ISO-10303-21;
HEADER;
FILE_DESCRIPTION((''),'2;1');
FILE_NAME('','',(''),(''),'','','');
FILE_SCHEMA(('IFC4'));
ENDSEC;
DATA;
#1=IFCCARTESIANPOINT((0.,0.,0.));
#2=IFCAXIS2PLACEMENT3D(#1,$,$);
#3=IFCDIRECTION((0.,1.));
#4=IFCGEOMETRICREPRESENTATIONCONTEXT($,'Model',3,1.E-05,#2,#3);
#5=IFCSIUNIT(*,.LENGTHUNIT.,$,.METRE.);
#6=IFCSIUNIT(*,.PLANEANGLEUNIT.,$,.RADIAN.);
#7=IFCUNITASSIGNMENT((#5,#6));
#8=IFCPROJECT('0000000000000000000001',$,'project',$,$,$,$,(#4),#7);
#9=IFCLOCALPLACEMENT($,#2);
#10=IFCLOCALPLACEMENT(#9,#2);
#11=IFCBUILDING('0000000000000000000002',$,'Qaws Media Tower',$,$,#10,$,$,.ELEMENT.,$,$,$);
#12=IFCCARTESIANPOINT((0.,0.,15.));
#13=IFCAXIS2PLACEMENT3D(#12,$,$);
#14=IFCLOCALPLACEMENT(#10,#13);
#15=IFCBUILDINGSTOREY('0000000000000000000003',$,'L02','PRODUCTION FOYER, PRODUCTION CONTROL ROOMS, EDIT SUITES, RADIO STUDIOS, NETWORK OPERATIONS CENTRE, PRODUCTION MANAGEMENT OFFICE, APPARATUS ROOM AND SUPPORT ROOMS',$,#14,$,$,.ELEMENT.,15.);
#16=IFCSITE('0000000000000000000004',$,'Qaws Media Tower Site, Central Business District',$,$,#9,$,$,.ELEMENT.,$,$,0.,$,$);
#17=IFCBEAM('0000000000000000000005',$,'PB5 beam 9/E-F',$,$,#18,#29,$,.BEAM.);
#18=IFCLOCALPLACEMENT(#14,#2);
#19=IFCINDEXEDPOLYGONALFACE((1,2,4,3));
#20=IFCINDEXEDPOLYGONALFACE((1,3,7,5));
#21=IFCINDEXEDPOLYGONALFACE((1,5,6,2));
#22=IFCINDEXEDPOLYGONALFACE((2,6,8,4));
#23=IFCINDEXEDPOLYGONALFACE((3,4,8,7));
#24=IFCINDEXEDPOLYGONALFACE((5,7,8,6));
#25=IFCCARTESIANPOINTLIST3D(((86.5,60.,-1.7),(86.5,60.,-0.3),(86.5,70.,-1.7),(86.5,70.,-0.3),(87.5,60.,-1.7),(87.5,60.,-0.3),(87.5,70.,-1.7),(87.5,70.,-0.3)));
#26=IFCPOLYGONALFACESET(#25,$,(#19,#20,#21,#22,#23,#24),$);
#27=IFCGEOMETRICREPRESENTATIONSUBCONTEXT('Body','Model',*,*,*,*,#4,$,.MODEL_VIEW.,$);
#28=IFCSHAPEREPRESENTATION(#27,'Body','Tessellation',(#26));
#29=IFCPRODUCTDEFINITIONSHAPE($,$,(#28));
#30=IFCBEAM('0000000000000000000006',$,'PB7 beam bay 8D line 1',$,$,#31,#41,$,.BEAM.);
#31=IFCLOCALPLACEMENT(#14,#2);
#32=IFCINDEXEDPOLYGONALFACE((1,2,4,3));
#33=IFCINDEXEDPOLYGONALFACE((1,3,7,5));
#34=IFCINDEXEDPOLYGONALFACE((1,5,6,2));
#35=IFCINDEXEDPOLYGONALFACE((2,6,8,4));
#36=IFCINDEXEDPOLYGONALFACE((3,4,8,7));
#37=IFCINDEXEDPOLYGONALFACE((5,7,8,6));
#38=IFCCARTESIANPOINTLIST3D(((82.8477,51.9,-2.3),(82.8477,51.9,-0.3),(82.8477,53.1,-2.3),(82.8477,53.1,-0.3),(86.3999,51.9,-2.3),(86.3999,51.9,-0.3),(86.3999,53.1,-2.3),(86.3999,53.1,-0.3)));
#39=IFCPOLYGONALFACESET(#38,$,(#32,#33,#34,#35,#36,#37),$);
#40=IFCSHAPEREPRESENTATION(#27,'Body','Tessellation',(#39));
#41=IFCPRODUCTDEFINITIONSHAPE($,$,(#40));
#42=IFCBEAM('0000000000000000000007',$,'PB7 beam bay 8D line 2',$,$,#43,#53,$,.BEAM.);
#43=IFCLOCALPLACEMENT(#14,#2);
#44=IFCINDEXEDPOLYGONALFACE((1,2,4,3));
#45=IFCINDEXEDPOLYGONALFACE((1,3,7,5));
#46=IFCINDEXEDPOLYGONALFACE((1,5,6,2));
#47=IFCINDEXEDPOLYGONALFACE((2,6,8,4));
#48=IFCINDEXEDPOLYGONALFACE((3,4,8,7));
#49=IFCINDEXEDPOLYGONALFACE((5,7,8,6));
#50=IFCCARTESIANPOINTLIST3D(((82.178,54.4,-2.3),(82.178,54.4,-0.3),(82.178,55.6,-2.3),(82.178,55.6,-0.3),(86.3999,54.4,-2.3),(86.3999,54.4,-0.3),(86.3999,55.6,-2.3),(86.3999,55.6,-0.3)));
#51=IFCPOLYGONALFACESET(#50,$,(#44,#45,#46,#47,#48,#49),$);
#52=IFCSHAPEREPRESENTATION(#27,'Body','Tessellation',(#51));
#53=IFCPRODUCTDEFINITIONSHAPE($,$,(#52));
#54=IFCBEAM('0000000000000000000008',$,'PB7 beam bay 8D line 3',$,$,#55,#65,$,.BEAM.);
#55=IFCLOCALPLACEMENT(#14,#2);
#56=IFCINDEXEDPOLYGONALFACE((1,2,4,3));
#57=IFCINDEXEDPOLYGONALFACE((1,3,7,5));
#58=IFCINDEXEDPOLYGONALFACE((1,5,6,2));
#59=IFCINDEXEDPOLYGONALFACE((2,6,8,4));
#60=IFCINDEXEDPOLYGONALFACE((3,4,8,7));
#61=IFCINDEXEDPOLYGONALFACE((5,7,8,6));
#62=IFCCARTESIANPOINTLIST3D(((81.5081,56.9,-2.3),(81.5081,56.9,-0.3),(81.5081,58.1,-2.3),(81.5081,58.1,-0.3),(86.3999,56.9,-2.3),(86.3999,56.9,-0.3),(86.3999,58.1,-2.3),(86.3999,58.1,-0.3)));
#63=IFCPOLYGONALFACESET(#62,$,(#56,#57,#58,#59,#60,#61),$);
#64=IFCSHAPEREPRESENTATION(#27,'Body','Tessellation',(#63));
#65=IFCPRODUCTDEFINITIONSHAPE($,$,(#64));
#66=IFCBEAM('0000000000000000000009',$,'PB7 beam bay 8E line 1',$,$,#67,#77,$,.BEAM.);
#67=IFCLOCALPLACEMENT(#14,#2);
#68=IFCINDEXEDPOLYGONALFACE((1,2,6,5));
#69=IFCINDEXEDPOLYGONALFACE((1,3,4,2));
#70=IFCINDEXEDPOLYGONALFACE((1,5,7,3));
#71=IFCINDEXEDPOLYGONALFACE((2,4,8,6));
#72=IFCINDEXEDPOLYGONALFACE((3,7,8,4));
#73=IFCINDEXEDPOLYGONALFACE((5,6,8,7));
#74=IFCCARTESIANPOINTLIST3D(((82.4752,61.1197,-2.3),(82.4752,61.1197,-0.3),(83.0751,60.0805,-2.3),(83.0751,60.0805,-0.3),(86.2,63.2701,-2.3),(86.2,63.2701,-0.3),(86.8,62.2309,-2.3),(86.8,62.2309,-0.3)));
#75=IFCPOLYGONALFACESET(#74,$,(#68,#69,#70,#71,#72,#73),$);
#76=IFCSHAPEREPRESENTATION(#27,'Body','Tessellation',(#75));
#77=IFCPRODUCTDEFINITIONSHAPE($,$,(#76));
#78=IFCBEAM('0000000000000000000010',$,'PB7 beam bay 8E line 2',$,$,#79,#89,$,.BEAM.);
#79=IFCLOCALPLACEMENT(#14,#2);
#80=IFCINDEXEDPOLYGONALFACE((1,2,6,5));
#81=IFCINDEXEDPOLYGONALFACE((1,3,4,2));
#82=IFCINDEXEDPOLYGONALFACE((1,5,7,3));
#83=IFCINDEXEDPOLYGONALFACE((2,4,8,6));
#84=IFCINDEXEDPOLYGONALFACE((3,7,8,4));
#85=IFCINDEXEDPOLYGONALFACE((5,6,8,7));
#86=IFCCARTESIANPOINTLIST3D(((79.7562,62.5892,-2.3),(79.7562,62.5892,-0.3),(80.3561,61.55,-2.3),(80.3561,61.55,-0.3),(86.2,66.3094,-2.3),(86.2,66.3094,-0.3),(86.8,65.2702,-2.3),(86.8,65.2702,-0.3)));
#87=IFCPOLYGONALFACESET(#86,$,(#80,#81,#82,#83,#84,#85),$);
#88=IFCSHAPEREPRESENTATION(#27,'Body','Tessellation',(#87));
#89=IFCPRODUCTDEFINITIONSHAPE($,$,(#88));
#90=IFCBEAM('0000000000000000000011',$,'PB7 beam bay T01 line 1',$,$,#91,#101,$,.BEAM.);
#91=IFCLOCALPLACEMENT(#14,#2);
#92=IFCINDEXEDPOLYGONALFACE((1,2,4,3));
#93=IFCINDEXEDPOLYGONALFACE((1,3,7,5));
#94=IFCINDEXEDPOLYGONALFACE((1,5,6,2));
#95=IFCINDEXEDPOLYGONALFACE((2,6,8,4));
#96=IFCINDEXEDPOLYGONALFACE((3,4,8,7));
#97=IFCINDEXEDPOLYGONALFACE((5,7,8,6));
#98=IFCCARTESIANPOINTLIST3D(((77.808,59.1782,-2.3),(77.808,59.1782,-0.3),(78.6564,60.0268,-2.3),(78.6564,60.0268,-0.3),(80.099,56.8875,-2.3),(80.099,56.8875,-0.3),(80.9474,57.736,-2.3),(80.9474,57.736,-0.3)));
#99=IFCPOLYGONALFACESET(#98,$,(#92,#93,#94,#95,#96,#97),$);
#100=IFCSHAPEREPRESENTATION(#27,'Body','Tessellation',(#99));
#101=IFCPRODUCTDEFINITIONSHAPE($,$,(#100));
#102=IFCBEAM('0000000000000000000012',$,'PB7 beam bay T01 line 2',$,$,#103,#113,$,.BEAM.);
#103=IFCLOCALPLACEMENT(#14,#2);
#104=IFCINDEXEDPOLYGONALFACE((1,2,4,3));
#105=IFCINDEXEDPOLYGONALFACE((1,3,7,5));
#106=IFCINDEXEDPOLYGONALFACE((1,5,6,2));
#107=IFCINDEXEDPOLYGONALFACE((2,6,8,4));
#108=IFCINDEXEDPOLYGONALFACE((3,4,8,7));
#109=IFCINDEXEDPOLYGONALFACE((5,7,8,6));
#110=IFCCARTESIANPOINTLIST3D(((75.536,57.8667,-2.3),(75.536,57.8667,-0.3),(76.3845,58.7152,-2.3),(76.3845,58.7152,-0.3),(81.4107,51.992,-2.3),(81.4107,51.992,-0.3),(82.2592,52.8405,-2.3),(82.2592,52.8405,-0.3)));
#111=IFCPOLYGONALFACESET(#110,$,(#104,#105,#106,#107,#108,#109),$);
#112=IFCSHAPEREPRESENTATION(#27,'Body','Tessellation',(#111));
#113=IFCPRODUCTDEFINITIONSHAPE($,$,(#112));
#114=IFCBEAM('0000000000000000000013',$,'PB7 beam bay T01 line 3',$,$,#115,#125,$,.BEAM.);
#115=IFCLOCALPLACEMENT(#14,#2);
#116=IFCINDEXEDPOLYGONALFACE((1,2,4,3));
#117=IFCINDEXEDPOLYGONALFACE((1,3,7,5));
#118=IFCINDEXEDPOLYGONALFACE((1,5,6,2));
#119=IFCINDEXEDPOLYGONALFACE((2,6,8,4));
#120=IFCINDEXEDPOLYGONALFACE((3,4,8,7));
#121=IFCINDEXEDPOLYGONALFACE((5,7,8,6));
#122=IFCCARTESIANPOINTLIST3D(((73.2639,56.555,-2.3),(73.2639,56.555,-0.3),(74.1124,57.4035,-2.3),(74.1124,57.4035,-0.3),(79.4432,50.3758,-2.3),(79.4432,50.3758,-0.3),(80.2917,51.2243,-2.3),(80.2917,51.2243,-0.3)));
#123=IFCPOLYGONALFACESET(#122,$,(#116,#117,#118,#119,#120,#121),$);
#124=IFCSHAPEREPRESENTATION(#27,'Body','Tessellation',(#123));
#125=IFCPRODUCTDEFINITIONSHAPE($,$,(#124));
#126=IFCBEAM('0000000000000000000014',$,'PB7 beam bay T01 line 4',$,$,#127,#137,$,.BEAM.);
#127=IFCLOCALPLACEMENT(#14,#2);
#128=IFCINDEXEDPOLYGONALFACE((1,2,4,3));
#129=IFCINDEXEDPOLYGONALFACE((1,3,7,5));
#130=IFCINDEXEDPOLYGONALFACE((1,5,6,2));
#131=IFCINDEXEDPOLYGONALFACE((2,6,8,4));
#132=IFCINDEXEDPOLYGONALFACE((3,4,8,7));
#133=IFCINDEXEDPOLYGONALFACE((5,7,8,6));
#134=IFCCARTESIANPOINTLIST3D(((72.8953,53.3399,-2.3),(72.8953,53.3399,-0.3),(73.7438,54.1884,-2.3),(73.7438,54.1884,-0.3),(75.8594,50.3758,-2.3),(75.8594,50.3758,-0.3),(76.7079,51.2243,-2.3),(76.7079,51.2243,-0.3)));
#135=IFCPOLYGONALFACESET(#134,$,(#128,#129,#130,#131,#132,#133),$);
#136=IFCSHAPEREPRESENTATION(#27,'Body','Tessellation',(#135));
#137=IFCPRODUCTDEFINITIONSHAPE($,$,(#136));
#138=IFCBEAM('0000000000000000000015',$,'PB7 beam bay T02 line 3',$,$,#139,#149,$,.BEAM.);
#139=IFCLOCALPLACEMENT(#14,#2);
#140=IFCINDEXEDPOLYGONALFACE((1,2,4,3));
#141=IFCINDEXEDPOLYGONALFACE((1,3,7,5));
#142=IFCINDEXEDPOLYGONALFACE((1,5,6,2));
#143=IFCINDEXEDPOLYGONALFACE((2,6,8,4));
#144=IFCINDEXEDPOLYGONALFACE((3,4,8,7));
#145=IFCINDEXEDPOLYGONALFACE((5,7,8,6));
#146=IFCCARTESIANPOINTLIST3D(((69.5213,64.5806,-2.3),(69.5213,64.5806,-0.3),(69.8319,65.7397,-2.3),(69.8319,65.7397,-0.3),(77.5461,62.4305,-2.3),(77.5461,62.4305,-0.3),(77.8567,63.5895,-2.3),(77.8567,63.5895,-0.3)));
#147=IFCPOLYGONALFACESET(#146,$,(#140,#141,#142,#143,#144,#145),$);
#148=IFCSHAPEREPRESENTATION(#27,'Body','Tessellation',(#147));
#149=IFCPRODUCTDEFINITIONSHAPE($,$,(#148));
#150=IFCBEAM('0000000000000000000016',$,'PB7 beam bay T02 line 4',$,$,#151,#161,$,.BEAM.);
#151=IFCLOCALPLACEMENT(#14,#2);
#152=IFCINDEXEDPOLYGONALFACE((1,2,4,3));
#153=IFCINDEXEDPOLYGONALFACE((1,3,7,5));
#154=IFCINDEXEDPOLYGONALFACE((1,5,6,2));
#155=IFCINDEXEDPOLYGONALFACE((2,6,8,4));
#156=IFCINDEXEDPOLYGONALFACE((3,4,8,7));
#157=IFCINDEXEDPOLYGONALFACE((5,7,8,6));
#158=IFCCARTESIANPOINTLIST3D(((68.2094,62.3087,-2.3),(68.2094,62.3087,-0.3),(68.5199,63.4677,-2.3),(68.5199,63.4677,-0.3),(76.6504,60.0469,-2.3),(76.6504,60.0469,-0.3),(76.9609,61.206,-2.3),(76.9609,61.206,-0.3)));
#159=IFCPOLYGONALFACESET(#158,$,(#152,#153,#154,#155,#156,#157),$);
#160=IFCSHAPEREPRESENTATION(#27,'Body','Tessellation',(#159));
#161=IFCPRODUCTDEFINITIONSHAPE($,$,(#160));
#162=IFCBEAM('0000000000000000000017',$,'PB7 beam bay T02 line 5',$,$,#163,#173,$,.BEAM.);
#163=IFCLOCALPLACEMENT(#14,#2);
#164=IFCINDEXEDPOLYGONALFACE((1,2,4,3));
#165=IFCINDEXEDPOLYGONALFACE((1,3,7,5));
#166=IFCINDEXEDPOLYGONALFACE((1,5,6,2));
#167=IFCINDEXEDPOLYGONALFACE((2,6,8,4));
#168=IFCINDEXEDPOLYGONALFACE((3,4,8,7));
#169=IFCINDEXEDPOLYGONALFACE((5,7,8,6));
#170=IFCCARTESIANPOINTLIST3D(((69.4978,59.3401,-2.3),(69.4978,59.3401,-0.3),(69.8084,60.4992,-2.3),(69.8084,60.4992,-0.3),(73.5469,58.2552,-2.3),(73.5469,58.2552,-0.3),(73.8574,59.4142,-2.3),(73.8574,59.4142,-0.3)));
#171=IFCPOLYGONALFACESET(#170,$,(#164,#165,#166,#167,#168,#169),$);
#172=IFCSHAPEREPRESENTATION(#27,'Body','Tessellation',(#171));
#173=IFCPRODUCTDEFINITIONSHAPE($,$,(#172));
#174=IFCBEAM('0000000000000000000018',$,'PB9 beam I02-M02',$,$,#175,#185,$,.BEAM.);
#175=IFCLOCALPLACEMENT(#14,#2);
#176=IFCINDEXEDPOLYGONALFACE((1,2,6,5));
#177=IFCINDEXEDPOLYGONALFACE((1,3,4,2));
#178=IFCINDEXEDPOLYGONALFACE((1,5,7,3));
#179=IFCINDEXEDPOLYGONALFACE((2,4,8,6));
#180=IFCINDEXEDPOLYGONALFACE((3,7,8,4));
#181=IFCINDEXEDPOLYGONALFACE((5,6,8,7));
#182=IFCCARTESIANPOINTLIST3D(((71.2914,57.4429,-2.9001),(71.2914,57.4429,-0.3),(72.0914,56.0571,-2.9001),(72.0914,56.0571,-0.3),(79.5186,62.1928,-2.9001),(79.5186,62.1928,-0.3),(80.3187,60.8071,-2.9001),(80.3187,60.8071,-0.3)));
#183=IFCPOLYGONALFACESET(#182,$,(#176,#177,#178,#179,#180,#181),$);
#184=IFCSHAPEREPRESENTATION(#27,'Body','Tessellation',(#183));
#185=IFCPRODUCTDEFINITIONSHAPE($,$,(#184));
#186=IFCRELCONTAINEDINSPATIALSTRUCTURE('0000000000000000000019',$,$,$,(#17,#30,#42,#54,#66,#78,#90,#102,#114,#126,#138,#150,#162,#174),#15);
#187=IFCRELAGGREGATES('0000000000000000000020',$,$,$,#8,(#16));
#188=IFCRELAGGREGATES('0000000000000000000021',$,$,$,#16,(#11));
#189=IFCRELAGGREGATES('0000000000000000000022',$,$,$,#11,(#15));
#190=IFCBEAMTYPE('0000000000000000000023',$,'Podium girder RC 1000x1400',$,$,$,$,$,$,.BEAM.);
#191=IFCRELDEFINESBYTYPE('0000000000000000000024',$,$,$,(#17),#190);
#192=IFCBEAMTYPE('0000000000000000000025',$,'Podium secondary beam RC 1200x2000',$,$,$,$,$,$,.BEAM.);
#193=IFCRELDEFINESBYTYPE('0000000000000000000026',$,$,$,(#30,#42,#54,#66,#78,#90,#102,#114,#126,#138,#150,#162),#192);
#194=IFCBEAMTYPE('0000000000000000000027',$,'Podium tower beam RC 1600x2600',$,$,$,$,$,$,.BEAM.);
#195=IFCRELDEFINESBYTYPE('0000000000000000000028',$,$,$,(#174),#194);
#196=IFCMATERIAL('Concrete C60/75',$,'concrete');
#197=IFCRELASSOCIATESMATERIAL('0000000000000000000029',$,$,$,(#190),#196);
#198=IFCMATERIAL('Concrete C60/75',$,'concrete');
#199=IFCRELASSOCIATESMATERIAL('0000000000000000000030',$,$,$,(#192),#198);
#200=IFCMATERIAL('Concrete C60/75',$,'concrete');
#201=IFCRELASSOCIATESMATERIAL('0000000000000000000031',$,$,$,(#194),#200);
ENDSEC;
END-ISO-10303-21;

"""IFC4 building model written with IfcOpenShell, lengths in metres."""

from ifc_helpers import new_model, si_unit, direction, frame, origin, origin_2d, place, context, subcontext, project, spatial, rectangle, extrude, material, material_profile, profile_set, type_object, element, save


model = new_model("IFC4")

# Units and contexts
model_context = context("Model", 3, precision=1e-05, world=origin(), true_north=direction((0.0, 1.0)))
body_context = subcontext(model_context, "Body", "Model", "MODEL_VIEW")
ifc_project = project(units=[si_unit("LENGTHUNIT", "METRE"), si_unit("PLANEANGLEUNIT", "RADIAN")], contexts=[model_context])

# Site, building, storey
site_placement = place(None, origin())
site = spatial("IfcSite", under=ifc_project, at=site_placement, Name="Qaws Media Tower Site, Central Business District", CompositionType="ELEMENT", RefElevation=0.0)
building_placement = place(site_placement, origin())
building = spatial("IfcBuilding", under=site, at=building_placement, Name="Qaws Media Tower", CompositionType="ELEMENT")
storey_placement = place(building_placement, frame((0.0, 0.0, 15.0)))
storey = spatial("IfcBuildingStorey", under=building, at=storey_placement, Name="L02", Description="PRODUCTION FOYER, PRODUCTION CONTROL ROOMS, EDIT SUITES, RADIO STUDIOS, NETWORK OPERATIONS CENTRE, PRODUCTION MANAGEMENT OFFICE, APPARATUS ROOM AND SUPPORT ROOMS", CompositionType="ELEMENT", Elevation=15.0)

# Beams
ifc_material_1 = material(Name="Concrete C60/75", Category="concrete")
ifc_material_profile_1 = material_profile(ifc_material_1, rectangle(XDim=1.0, YDim=1.3999, at=origin_2d()), Name="RC 1000x1400")
ifc_profile_set_1 = profile_set([ifc_material_profile_1], Name="Concrete C60/75")
beam_type_1 = type_object("IfcBeamType", Name="Podium girder RC 1000x1400", PredefinedType="BEAM", material=ifc_profile_set_1)
beam_1_placement = place(storey_placement, frame((87.0, 60.0, -1.0), z_axis=(0.0, 1.0, 0.0), x_axis=(-1.0, 0.0, 0.0)))
element("IfcBeam", 1, at=beam_1_placement, inside=storey, type_object=beam_type_1, Name="PB5 beam 9/E-F", PredefinedType="BEAM", context=body_context, shape_type="SweptSolid", body=[
    extrude(rectangle(XDim=1.0, YDim=1.3999, at=origin_2d()), origin(), (0.0, 0.0, 1.0), 10.0),
])
ifc_material_2 = material(Name="Concrete C60/75", Category="concrete")
ifc_material_profile_2 = material_profile(ifc_material_2, rectangle(XDim=1.2, YDim=2.0, at=origin_2d()), Name="RC 1200x2000")
ifc_profile_set_2 = profile_set([ifc_material_profile_2], Name="Concrete C60/75")
beam_type_2 = type_object("IfcBeamType", Name="Podium secondary beam RC 1200x2000", PredefinedType="BEAM", material=ifc_profile_set_2)
beam_2_placement = place(storey_placement, frame((82.8477, 52.5, -1.3), z_axis=(1.0, 0.0, 0.0), x_axis=(0.0, 1.0, 0.0)))
element("IfcBeam", 2, at=beam_2_placement, inside=storey, type_object=beam_type_2, Name="PB7 beam bay 8D line 1", PredefinedType="BEAM", context=body_context, shape_type="SweptSolid", body=[
    extrude(rectangle(XDim=1.2, YDim=2.0, at=origin_2d()), origin(), (0.0, 0.0, 1.0), 3.5522),
])
beam_3_placement = place(storey_placement, frame((82.178, 55.0, -1.3), z_axis=(1.0, 0.0, 0.0), x_axis=(0.0, 1.0, 0.0)))
element("IfcBeam", 3, at=beam_3_placement, inside=storey, type_object=beam_type_2, Name="PB7 beam bay 8D line 2", PredefinedType="BEAM", context=body_context, shape_type="SweptSolid", body=[
    extrude(rectangle(XDim=1.2, YDim=2.0, at=origin_2d()), origin(), (0.0, 0.0, 1.0), 4.2219),
])
beam_4_placement = place(storey_placement, frame((81.5081, 57.5, -1.3), z_axis=(1.0, 0.0, 0.0), x_axis=(0.0, 1.0, 0.0)))
element("IfcBeam", 4, at=beam_4_placement, inside=storey, type_object=beam_type_2, Name="PB7 beam bay 8D line 3", PredefinedType="BEAM", context=body_context, shape_type="SweptSolid", body=[
    extrude(rectangle(XDim=1.2, YDim=2.0, at=origin_2d()), origin(), (0.0, 0.0, 1.0), 4.8918),
])
beam_5_placement = place(storey_placement, frame((82.7751, 60.6001, -1.3), z_axis=(0.866041, 0.499973, 0.0), x_axis=(-0.499973, 0.866041, 0.0)))
element("IfcBeam", 5, at=beam_5_placement, inside=storey, type_object=beam_type_2, Name="PB7 beam bay 8E line 1", PredefinedType="BEAM", context=body_context, shape_type="SweptSolid", body=[
    extrude(rectangle(XDim=1.2, YDim=2.0, at=origin_2d()), origin(), (0.0, 0.0, 1.0), 4.301),
])
beam_6_placement = place(storey_placement, frame((80.0562, 62.0696, -1.3), z_axis=(0.866034, 0.499986, 0.0), x_axis=(-0.499986, 0.866034, 0.0)))
element("IfcBeam", 6, at=beam_6_placement, inside=storey, type_object=beam_type_2, Name="PB7 beam bay 8E line 2", PredefinedType="BEAM", context=body_context, shape_type="SweptSolid", body=[
    extrude(rectangle(XDim=1.2, YDim=2.0, at=origin_2d()), origin(), (0.0, 0.0, 1.0), 7.4407),
])
beam_7_placement = place(storey_placement, frame((80.5232, 57.3118, -1.3), z_axis=(-0.707144, 0.707069, 0.0), x_axis=(-0.707069, -0.707144, 0.0)))
element("IfcBeam", 7, at=beam_7_placement, inside=storey, type_object=beam_type_2, Name="PB7 beam bay T01 line 1", PredefinedType="BEAM", context=body_context, shape_type="SweptSolid", body=[
    extrude(rectangle(XDim=1.2, YDim=2.0, at=origin_2d()), origin(), (0.0, 0.0, 1.0), 3.2397),
])
beam_8_placement = place(storey_placement, frame((81.835, 52.4163, -1.3), z_axis=(-0.707107, 0.707107, 0.0), x_axis=(-0.707107, -0.707107, 0.0)))
element("IfcBeam", 8, at=beam_8_placement, inside=storey, type_object=beam_type_2, Name="PB7 beam bay T01 line 2", PredefinedType="BEAM", context=body_context, shape_type="SweptSolid", body=[
    extrude(rectangle(XDim=1.2, YDim=2.0, at=origin_2d()), origin(), (0.0, 0.0, 1.0), 8.3081),
])
beam_9_placement = place(storey_placement, frame((79.8674, 50.8, -1.3), z_axis=(-0.707107, 0.707107, 0.0), x_axis=(-0.707107, -0.707107, 0.0)))
element("IfcBeam", 9, at=beam_9_placement, inside=storey, type_object=beam_type_2, Name="PB7 beam bay T01 line 3", PredefinedType="BEAM", context=body_context, shape_type="SweptSolid", body=[
    extrude(rectangle(XDim=1.2, YDim=2.0, at=origin_2d()), origin(), (0.0, 0.0, 1.0), 8.7388),
])
beam_10_placement = place(storey_placement, frame((76.2837, 50.8, -1.3), z_axis=(-0.707107, 0.707107, 0.0), x_axis=(-0.707107, -0.707107, 0.0)))
element("IfcBeam", 10, at=beam_10_placement, inside=storey, type_object=beam_type_2, Name="PB7 beam bay T01 line 4", PredefinedType="BEAM", context=body_context, shape_type="SweptSolid", body=[
    extrude(rectangle(XDim=1.2, YDim=2.0, at=origin_2d()), origin(), (0.0, 0.0, 1.0), 4.1919),
])
beam_11_placement = place(storey_placement, frame((77.7014, 63.01, -1.3), z_axis=(-0.965929, 0.258806, 0.0), x_axis=(-0.258806, -0.965929, 0.0)))
element("IfcBeam", 11, at=beam_11_placement, inside=storey, type_object=beam_type_2, Name="PB7 beam bay T02 line 3", PredefinedType="BEAM", context=body_context, shape_type="SweptSolid", body=[
    extrude(rectangle(XDim=1.2, YDim=2.0, at=origin_2d()), origin(), (0.0, 0.0, 1.0), 8.3079),
])
beam_12_placement = place(storey_placement, frame((76.8057, 60.6265, -1.3), z_axis=(-0.965926, 0.258817, 0.0), x_axis=(-0.258817, -0.965926, 0.0)))
element("IfcBeam", 12, at=beam_12_placement, inside=storey, type_object=beam_type_2, Name="PB7 beam bay T02 line 4", PredefinedType="BEAM", context=body_context, shape_type="SweptSolid", body=[
    extrude(rectangle(XDim=1.2, YDim=2.0, at=origin_2d()), origin(), (0.0, 0.0, 1.0), 8.7388),
])
beam_13_placement = place(storey_placement, frame((73.7021, 58.8347, -1.3), z_axis=(-0.965925, 0.258822, 0.0), x_axis=(-0.258822, -0.965925, 0.0)))
element("IfcBeam", 13, at=beam_13_placement, inside=storey, type_object=beam_type_2, Name="PB7 beam bay T02 line 5", PredefinedType="BEAM", context=body_context, shape_type="SweptSolid", body=[
    extrude(rectangle(XDim=1.2, YDim=2.0, at=origin_2d()), origin(), (0.0, 0.0, 1.0), 4.1919),
])
ifc_material_3 = material(Name="Concrete C60/75", Category="concrete")
ifc_material_profile_3 = material_profile(ifc_material_3, rectangle(XDim=1.6001, YDim=2.6001, at=origin_2d()), Name="RC 1600x2600")
ifc_profile_set_3 = profile_set([ifc_material_profile_3], Name="Concrete C60/75")
beam_type_3 = type_object("IfcBeamType", Name="Podium tower beam RC 1600x2600", PredefinedType="BEAM", material=ifc_profile_set_3)
beam_14_placement = place(storey_placement, frame((71.6914, 56.75, -1.6001), z_axis=(0.866027, 0.499998, 0.0), x_axis=(-0.499998, 0.866027, 0.0)))
element("IfcBeam", 14, at=beam_14_placement, inside=storey, type_object=beam_type_3, Name="PB9 beam I02-M02", PredefinedType="BEAM", context=body_context, shape_type="SweptSolid", body=[
    extrude(rectangle(XDim=1.6001, YDim=2.6001, at=origin_2d()), origin(), (0.0, 0.0, 1.0), 9.5),
])

save(model, "model.ifc")
